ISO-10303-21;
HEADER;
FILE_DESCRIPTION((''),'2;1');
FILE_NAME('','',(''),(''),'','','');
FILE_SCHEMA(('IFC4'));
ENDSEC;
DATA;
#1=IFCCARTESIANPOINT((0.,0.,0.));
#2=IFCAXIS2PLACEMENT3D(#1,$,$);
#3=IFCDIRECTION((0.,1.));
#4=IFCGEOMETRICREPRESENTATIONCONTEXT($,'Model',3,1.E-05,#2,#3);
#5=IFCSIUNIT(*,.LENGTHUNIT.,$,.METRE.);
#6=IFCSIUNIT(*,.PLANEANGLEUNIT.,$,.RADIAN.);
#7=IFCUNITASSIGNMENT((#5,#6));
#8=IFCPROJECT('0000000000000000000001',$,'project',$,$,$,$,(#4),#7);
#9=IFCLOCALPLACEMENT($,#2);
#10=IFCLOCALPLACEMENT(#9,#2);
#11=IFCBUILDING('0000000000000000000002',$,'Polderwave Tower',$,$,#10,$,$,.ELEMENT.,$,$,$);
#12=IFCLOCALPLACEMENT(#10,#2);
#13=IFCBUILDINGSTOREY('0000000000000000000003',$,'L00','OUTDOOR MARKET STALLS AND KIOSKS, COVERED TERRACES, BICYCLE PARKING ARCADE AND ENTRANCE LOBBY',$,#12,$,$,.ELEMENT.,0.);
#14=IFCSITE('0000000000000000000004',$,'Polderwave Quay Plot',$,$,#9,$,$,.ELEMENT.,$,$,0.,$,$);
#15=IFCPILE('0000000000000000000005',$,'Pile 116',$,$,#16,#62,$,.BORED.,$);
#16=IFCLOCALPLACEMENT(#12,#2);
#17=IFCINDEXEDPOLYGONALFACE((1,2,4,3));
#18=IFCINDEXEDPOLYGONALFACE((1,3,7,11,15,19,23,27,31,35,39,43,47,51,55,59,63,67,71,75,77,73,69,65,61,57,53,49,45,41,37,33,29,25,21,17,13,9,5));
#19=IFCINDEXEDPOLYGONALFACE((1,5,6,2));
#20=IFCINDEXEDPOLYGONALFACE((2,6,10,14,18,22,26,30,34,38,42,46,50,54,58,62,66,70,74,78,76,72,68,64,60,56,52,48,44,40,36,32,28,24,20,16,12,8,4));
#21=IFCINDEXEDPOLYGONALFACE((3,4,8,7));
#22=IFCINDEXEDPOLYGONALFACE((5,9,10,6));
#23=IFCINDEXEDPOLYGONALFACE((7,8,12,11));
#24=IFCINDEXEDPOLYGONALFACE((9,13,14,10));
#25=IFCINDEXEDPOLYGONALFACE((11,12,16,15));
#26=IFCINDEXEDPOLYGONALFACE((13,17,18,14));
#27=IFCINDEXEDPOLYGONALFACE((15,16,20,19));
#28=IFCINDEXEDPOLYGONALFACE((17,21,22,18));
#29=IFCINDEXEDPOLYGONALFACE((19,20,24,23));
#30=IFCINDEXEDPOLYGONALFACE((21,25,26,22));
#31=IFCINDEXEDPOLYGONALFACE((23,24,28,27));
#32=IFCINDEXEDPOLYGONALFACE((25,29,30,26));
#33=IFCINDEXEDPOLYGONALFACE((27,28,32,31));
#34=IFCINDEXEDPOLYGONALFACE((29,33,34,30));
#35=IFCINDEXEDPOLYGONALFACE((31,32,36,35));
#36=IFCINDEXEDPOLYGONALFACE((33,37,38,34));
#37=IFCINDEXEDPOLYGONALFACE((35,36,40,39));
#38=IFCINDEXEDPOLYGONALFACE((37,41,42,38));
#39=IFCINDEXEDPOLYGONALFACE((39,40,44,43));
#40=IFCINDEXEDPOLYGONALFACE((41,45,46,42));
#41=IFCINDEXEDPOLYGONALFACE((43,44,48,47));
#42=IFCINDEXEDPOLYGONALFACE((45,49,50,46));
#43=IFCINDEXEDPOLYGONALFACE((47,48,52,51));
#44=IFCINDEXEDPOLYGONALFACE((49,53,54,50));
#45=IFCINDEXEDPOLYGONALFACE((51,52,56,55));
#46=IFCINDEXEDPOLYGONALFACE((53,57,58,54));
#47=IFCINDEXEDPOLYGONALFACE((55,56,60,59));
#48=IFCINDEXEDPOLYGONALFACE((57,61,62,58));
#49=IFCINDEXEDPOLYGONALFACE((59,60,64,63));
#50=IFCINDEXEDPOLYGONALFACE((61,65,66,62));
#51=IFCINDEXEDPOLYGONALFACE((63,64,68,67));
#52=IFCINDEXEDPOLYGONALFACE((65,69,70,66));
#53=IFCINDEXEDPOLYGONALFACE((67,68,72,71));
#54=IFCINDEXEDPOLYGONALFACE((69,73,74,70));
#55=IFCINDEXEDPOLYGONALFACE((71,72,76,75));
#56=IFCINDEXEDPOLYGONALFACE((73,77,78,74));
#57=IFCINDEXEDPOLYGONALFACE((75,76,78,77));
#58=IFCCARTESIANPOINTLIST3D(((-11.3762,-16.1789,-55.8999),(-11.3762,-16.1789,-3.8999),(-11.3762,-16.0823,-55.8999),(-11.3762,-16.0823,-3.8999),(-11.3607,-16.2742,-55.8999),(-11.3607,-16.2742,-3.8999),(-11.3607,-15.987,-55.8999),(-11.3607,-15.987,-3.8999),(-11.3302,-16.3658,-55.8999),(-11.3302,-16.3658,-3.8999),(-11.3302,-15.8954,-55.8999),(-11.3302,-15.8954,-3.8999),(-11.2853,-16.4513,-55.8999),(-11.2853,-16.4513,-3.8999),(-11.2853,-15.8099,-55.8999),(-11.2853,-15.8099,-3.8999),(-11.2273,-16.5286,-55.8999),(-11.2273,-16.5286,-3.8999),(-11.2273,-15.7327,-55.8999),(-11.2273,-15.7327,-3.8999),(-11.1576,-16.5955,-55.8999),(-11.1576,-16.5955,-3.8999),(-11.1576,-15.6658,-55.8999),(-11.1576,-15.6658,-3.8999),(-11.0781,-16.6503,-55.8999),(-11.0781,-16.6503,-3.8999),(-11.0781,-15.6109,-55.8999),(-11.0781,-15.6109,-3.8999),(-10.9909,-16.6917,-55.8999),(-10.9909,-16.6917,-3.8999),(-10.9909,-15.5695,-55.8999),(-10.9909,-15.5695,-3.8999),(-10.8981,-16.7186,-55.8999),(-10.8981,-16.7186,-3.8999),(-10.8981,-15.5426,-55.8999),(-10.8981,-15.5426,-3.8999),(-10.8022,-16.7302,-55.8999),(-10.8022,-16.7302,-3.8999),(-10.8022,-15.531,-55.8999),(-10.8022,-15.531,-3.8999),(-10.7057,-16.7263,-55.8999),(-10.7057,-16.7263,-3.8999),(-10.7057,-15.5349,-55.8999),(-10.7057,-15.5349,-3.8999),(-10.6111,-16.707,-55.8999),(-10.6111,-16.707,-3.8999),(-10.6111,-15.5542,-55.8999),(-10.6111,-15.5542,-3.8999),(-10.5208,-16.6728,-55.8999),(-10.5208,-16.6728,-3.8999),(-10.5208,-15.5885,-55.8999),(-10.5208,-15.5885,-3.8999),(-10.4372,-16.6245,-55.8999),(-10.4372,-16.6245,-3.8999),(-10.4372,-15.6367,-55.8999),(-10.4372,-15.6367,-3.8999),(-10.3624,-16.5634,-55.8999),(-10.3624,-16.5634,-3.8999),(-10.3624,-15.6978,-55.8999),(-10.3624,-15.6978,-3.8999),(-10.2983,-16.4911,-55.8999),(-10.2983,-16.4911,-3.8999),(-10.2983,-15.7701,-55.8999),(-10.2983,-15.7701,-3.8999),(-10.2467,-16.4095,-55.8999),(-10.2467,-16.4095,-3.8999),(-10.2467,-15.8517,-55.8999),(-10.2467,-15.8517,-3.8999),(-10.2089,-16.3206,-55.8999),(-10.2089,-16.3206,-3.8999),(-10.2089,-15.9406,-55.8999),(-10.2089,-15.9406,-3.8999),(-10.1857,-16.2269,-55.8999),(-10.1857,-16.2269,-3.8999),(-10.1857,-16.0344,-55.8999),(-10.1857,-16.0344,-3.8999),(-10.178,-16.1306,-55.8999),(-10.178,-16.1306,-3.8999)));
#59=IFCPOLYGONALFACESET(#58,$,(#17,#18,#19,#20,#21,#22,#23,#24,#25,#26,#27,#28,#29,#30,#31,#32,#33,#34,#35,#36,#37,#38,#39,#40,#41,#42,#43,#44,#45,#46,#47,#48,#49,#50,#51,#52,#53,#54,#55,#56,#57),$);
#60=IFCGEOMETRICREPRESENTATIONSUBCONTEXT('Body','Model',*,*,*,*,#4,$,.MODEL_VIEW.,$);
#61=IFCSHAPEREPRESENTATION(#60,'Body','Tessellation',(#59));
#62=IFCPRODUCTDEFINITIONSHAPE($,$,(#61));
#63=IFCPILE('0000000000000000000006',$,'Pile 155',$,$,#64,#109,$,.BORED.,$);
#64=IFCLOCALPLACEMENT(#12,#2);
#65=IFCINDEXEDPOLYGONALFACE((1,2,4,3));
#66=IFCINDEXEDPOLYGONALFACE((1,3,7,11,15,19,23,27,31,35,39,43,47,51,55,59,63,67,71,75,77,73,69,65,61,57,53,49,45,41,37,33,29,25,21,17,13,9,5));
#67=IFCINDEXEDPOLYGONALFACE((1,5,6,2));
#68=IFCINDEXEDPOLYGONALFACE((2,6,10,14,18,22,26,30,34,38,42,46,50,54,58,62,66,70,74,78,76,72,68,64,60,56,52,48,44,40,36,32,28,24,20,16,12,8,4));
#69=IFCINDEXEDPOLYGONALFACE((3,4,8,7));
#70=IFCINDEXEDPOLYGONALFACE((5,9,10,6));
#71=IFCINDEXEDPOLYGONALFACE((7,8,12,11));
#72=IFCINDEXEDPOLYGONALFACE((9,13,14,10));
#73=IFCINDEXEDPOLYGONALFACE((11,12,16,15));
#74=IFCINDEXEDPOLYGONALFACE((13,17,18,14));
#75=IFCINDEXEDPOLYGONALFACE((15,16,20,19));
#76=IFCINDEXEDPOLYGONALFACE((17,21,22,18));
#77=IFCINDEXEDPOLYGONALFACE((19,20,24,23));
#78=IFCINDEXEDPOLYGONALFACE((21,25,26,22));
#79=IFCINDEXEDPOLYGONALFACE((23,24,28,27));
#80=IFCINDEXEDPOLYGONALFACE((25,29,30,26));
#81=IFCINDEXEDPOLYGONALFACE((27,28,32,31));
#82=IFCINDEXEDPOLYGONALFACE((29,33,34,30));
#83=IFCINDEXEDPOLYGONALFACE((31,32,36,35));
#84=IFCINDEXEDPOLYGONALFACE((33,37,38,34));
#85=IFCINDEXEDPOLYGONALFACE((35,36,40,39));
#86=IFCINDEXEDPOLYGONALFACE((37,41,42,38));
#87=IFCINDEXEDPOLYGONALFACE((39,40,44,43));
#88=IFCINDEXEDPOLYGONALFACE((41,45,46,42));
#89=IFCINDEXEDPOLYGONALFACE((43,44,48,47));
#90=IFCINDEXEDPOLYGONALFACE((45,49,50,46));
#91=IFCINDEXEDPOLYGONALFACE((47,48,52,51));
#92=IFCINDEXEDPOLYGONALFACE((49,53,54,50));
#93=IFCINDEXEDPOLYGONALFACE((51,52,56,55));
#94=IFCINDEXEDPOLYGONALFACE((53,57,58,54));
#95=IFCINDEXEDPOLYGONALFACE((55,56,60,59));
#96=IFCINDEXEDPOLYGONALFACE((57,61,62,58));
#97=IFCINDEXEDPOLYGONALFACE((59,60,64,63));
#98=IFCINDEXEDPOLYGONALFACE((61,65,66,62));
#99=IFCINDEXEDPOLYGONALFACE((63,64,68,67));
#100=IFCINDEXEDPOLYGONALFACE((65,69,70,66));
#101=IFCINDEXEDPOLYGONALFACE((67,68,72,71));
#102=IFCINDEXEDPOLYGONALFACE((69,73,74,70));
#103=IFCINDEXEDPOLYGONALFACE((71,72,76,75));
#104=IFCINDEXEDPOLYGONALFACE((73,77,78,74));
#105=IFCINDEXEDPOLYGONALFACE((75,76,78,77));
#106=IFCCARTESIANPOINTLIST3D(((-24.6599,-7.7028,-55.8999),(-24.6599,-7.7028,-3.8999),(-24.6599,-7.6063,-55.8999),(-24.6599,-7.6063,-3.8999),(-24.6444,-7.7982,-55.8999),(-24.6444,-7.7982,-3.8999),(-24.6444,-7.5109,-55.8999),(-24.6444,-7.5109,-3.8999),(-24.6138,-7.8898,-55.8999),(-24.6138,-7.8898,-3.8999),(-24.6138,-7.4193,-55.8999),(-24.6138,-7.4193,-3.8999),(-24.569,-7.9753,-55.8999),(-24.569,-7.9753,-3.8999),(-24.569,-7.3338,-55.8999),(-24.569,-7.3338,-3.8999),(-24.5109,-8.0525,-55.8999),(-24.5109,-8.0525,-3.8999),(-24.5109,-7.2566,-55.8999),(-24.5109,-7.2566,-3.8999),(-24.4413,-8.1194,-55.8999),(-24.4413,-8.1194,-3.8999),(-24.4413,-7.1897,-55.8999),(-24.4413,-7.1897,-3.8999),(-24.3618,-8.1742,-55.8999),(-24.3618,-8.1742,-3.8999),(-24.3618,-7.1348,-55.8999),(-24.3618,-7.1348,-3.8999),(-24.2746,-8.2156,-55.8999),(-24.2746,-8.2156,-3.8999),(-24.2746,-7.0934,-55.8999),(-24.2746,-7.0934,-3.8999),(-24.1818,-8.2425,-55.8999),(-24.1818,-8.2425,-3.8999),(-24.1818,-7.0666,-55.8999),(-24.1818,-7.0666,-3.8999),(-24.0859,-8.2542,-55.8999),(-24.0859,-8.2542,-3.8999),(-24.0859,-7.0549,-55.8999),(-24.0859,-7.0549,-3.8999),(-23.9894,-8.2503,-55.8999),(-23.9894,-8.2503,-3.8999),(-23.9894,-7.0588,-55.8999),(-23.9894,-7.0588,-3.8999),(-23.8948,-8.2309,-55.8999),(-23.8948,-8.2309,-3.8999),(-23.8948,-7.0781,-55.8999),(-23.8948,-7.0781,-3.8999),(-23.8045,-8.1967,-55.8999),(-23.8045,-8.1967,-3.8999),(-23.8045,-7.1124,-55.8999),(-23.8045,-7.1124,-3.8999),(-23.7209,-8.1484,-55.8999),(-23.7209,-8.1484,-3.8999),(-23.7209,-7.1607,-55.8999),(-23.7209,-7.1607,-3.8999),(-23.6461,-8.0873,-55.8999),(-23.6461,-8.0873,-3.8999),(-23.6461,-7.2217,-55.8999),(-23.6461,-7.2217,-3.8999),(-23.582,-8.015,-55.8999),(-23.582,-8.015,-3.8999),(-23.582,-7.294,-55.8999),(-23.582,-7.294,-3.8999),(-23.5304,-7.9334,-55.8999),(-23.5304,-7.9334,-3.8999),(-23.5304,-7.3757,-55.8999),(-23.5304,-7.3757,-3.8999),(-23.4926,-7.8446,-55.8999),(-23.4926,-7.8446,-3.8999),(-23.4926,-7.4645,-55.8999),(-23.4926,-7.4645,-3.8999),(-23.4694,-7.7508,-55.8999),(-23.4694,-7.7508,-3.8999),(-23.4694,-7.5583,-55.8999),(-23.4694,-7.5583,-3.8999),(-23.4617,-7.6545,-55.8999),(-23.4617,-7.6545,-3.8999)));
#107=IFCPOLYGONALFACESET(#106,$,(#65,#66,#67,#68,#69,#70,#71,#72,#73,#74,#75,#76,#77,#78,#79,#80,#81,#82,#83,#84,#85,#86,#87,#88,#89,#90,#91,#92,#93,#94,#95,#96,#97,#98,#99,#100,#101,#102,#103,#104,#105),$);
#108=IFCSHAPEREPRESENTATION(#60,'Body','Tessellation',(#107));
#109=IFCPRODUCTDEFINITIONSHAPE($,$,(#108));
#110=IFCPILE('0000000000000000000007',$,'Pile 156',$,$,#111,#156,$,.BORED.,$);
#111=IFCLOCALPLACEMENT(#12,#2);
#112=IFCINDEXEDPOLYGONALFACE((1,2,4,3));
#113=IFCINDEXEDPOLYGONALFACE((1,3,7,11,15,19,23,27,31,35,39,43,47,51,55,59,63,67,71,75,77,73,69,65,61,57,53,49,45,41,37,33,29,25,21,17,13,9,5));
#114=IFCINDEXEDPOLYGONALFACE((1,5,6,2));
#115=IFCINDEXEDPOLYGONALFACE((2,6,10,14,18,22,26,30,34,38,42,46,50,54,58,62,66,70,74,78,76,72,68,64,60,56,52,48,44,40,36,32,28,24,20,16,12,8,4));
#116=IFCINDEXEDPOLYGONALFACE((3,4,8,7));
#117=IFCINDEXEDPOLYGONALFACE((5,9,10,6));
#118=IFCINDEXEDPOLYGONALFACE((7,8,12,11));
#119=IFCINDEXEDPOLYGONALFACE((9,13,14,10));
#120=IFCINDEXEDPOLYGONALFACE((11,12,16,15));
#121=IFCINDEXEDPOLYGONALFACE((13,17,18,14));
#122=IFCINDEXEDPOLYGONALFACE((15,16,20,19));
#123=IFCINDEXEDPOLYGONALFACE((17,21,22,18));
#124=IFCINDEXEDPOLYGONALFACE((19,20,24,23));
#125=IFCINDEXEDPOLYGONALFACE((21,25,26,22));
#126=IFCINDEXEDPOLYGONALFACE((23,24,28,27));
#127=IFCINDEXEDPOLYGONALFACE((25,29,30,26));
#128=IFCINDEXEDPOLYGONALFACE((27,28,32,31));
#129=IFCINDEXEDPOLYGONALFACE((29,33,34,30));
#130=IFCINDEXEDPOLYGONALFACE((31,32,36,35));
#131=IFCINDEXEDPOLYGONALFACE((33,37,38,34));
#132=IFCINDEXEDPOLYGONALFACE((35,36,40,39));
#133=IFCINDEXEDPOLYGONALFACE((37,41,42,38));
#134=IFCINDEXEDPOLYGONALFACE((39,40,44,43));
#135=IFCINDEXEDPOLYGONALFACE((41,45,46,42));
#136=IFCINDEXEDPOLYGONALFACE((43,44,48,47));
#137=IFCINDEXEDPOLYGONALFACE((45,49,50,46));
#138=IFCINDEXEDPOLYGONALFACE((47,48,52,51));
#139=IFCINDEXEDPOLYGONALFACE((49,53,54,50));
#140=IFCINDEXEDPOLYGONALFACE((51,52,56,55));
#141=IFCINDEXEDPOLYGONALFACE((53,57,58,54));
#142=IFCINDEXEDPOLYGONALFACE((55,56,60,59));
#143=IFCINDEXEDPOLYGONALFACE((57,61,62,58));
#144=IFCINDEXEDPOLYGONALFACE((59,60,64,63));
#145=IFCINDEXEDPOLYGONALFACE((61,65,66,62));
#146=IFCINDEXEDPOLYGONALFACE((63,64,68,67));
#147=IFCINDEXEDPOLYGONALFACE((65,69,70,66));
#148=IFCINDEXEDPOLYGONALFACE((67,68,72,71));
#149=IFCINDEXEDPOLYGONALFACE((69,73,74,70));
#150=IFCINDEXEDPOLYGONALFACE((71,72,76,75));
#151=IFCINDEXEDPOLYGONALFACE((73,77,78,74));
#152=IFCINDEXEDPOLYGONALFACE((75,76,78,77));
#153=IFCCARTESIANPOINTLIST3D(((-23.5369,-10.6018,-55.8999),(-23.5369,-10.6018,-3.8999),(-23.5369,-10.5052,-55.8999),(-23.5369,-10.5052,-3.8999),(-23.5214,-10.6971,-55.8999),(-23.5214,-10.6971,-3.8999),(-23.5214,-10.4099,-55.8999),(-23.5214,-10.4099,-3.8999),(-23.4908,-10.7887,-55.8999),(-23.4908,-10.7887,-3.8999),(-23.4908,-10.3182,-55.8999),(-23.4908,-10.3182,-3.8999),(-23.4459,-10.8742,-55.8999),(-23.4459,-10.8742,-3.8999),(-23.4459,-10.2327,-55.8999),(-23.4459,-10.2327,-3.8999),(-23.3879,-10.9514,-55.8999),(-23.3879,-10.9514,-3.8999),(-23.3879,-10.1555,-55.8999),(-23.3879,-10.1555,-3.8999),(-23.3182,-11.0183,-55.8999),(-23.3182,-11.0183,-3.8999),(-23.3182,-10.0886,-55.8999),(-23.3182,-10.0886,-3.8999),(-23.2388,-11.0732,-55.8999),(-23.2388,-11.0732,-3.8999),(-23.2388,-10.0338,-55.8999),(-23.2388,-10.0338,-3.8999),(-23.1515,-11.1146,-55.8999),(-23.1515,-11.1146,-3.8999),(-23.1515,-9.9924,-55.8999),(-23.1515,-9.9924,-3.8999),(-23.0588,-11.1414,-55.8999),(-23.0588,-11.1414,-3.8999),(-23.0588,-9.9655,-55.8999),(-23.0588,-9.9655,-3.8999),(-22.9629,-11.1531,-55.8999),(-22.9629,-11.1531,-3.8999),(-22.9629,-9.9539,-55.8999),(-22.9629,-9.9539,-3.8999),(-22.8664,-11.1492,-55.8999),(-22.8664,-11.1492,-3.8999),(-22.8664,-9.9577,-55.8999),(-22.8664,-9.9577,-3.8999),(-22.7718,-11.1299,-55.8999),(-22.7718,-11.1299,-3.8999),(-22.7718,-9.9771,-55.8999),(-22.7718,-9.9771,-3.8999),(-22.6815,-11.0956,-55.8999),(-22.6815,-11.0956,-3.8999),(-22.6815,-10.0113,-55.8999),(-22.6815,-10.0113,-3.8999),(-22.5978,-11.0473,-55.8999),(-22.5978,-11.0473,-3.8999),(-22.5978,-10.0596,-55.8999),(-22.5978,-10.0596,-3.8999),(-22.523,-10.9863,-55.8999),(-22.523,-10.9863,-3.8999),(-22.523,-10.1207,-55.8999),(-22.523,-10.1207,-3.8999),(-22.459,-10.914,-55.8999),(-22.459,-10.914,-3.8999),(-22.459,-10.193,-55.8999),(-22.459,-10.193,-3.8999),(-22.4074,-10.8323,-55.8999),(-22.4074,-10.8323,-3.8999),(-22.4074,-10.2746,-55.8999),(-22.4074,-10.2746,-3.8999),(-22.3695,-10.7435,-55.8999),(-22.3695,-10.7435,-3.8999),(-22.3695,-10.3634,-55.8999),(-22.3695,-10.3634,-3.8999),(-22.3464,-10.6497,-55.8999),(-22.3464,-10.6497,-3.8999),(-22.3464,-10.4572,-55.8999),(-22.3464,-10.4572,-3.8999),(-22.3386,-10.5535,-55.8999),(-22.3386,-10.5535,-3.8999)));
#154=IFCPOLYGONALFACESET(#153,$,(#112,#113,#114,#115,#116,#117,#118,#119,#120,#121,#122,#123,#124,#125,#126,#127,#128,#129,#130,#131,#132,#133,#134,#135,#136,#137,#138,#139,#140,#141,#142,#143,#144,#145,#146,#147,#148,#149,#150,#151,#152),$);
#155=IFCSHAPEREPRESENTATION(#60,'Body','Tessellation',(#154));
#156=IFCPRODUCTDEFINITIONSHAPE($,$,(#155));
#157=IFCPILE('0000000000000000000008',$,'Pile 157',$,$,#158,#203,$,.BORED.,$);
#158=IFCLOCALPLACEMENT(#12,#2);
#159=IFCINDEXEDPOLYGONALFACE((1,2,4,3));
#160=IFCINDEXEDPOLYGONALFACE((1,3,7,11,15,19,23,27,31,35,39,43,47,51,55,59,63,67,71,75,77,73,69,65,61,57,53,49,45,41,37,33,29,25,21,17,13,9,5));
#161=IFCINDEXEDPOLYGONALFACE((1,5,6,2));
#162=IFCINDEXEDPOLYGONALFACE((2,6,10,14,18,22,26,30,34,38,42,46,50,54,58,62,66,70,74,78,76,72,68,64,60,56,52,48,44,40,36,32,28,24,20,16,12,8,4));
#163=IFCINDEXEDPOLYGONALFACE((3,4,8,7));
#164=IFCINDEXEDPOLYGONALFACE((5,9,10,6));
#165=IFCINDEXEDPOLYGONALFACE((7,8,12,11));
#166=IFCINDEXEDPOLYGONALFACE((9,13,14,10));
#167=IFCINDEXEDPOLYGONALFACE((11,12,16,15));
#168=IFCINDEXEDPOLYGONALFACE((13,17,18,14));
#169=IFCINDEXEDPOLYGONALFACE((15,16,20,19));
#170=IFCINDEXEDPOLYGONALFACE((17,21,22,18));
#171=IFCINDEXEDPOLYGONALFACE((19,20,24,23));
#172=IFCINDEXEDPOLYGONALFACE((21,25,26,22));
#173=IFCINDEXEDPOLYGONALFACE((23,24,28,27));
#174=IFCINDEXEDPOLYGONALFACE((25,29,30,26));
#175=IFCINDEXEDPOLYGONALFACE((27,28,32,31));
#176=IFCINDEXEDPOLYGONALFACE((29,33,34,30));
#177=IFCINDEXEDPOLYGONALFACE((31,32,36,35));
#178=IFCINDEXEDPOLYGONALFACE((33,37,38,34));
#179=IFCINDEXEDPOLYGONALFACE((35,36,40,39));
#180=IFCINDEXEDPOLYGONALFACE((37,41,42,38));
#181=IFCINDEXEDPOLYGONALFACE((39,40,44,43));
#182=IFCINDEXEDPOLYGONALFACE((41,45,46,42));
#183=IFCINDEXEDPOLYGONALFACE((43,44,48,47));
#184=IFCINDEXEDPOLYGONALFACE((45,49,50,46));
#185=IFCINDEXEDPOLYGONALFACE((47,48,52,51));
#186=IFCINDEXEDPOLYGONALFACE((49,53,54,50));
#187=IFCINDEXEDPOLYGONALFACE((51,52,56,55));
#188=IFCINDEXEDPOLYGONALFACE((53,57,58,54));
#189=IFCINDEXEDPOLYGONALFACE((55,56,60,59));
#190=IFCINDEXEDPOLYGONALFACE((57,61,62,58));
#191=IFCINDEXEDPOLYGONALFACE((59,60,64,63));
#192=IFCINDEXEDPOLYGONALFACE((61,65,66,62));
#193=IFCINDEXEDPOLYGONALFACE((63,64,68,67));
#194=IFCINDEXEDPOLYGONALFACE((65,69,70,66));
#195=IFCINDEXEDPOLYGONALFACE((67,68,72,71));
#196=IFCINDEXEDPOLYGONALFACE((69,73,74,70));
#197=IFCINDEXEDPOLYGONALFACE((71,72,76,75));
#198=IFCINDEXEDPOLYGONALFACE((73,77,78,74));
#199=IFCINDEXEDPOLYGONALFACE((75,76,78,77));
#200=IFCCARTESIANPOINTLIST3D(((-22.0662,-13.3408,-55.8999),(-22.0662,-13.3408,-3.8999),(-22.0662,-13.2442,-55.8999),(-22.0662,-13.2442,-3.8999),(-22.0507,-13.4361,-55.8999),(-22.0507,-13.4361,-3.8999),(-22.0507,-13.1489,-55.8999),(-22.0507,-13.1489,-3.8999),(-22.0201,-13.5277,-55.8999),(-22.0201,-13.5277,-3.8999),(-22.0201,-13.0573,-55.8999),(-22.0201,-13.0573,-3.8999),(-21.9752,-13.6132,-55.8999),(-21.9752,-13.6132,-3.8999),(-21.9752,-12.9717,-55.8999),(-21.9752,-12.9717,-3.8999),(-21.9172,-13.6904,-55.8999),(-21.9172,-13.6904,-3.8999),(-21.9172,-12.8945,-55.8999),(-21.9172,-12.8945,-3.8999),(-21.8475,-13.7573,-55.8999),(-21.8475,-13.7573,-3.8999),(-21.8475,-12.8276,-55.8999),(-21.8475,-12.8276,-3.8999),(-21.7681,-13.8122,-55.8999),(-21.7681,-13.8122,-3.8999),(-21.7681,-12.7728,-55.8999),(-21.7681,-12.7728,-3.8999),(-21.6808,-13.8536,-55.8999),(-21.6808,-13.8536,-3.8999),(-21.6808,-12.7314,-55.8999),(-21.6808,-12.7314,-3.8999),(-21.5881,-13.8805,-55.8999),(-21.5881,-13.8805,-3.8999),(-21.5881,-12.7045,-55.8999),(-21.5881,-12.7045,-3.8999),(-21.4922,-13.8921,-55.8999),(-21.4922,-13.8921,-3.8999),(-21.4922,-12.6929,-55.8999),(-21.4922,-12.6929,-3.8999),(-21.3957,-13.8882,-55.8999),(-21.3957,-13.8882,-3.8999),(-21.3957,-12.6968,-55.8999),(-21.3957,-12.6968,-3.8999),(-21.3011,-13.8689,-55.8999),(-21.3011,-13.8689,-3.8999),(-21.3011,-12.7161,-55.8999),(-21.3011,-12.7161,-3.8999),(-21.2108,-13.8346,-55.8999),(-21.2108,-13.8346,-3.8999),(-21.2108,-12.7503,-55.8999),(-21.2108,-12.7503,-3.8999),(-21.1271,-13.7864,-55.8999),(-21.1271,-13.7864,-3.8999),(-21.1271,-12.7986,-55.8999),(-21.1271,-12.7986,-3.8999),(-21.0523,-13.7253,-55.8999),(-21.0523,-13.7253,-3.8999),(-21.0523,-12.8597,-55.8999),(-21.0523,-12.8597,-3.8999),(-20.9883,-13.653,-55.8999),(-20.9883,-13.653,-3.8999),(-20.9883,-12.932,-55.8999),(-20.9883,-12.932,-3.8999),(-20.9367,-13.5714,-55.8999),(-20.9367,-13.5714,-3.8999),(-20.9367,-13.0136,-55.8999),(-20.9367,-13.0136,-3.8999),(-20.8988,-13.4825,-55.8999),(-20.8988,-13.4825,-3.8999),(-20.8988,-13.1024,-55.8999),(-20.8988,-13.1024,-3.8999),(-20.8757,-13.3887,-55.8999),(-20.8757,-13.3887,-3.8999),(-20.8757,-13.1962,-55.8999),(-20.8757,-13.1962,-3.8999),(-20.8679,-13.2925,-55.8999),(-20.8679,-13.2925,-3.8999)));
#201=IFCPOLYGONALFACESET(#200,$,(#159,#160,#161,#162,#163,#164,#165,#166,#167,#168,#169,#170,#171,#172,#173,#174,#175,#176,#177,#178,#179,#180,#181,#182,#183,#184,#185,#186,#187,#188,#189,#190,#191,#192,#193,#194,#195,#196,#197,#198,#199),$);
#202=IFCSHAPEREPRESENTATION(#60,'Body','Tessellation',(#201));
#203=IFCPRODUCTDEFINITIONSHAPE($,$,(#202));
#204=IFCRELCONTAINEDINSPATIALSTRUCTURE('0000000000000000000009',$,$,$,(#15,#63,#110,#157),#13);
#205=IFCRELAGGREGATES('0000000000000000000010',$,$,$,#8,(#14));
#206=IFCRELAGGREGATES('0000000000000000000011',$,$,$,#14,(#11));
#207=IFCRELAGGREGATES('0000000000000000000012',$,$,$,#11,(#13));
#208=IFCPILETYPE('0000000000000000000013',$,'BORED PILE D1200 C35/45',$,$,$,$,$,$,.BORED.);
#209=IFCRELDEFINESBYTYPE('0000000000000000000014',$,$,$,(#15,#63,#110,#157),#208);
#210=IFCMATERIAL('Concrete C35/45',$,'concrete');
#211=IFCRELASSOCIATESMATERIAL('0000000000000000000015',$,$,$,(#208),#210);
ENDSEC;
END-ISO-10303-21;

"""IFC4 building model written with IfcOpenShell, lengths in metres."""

from ifc_helpers import new_model, si_unit, direction, frame, origin, origin_2d, place, context, subcontext, project, spatial, circle, extrude, material, material_profile, profile_set, type_object, element, save


model = new_model("IFC4")

# Units and contexts
model_context = context("Model", 3, precision=1e-05, world=origin(), true_north=direction((0.0, 1.0)))
body_context = subcontext(model_context, "Body", "Model", "MODEL_VIEW")
ifc_project = project(units=[si_unit("LENGTHUNIT", "METRE"), si_unit("PLANEANGLEUNIT", "RADIAN")], contexts=[model_context])

# Site, building, storey
site_placement = place(None, origin())
site = spatial("IfcSite", under=ifc_project, at=site_placement, Name="Polderwave Quay Plot", CompositionType="ELEMENT", RefElevation=0.0)
building_placement = place(site_placement, origin())
building = spatial("IfcBuilding", under=site, at=building_placement, Name="Polderwave Tower", CompositionType="ELEMENT")
storey_placement = place(building_placement, origin())
storey = spatial("IfcBuildingStorey", under=building, at=storey_placement, Name="L00", Description="OUTDOOR MARKET STALLS AND KIOSKS, COVERED TERRACES, BICYCLE PARKING ARCADE AND ENTRANCE LOBBY", CompositionType="ELEMENT", Elevation=0.0)

# Piles
ifc_material_1 = material(Name="Concrete C35/45", Category="concrete")
ifc_material_profile_1 = material_profile(ifc_material_1, circle(Radius=0.6001, at=origin_2d()), Name="BORED D1200")
ifc_profile_set_1 = profile_set([ifc_material_profile_1], Name="Concrete C35/45")
pile_type = type_object("IfcPileType", Name="BORED PILE D1200 C35/45", PredefinedType="BORED", material=ifc_profile_set_1)
for number, where, z_axis, x_axis, name in (
    (1, (-10.7781, -16.1306, -3.8999), (0.0, 0.0, -1.0), (1.0, 0.0, 0.0), "Pile 116"),
    (2, (-24.0618, -7.6545, -3.8999), (0.0, 0.0, -1.0), (1.0, 0.0, 0.0), "Pile 155"),
    (3, (-22.9387, -10.5535, -3.8999), (0.0, 0.0, -1.0), (1.0, 0.0, 0.0), "Pile 156"),
    (4, (-21.468, -13.2925, -3.8999), (0.0, 0.0, -1.0), (1.0, 0.0, 0.0), "Pile 157"),
):
    element("IfcPile", number, at=place(storey_placement, frame(where, z_axis=z_axis, x_axis=x_axis)), inside=storey, type_object=pile_type, Name=name, PredefinedType="BORED", context=body_context, shape_type="SweptSolid", body=[
        extrude(circle(Radius=0.6001, at=origin_2d()), origin(), (0.0, 0.0, 1.0), 52.0),
    ])

save(model, "model.ifc")
